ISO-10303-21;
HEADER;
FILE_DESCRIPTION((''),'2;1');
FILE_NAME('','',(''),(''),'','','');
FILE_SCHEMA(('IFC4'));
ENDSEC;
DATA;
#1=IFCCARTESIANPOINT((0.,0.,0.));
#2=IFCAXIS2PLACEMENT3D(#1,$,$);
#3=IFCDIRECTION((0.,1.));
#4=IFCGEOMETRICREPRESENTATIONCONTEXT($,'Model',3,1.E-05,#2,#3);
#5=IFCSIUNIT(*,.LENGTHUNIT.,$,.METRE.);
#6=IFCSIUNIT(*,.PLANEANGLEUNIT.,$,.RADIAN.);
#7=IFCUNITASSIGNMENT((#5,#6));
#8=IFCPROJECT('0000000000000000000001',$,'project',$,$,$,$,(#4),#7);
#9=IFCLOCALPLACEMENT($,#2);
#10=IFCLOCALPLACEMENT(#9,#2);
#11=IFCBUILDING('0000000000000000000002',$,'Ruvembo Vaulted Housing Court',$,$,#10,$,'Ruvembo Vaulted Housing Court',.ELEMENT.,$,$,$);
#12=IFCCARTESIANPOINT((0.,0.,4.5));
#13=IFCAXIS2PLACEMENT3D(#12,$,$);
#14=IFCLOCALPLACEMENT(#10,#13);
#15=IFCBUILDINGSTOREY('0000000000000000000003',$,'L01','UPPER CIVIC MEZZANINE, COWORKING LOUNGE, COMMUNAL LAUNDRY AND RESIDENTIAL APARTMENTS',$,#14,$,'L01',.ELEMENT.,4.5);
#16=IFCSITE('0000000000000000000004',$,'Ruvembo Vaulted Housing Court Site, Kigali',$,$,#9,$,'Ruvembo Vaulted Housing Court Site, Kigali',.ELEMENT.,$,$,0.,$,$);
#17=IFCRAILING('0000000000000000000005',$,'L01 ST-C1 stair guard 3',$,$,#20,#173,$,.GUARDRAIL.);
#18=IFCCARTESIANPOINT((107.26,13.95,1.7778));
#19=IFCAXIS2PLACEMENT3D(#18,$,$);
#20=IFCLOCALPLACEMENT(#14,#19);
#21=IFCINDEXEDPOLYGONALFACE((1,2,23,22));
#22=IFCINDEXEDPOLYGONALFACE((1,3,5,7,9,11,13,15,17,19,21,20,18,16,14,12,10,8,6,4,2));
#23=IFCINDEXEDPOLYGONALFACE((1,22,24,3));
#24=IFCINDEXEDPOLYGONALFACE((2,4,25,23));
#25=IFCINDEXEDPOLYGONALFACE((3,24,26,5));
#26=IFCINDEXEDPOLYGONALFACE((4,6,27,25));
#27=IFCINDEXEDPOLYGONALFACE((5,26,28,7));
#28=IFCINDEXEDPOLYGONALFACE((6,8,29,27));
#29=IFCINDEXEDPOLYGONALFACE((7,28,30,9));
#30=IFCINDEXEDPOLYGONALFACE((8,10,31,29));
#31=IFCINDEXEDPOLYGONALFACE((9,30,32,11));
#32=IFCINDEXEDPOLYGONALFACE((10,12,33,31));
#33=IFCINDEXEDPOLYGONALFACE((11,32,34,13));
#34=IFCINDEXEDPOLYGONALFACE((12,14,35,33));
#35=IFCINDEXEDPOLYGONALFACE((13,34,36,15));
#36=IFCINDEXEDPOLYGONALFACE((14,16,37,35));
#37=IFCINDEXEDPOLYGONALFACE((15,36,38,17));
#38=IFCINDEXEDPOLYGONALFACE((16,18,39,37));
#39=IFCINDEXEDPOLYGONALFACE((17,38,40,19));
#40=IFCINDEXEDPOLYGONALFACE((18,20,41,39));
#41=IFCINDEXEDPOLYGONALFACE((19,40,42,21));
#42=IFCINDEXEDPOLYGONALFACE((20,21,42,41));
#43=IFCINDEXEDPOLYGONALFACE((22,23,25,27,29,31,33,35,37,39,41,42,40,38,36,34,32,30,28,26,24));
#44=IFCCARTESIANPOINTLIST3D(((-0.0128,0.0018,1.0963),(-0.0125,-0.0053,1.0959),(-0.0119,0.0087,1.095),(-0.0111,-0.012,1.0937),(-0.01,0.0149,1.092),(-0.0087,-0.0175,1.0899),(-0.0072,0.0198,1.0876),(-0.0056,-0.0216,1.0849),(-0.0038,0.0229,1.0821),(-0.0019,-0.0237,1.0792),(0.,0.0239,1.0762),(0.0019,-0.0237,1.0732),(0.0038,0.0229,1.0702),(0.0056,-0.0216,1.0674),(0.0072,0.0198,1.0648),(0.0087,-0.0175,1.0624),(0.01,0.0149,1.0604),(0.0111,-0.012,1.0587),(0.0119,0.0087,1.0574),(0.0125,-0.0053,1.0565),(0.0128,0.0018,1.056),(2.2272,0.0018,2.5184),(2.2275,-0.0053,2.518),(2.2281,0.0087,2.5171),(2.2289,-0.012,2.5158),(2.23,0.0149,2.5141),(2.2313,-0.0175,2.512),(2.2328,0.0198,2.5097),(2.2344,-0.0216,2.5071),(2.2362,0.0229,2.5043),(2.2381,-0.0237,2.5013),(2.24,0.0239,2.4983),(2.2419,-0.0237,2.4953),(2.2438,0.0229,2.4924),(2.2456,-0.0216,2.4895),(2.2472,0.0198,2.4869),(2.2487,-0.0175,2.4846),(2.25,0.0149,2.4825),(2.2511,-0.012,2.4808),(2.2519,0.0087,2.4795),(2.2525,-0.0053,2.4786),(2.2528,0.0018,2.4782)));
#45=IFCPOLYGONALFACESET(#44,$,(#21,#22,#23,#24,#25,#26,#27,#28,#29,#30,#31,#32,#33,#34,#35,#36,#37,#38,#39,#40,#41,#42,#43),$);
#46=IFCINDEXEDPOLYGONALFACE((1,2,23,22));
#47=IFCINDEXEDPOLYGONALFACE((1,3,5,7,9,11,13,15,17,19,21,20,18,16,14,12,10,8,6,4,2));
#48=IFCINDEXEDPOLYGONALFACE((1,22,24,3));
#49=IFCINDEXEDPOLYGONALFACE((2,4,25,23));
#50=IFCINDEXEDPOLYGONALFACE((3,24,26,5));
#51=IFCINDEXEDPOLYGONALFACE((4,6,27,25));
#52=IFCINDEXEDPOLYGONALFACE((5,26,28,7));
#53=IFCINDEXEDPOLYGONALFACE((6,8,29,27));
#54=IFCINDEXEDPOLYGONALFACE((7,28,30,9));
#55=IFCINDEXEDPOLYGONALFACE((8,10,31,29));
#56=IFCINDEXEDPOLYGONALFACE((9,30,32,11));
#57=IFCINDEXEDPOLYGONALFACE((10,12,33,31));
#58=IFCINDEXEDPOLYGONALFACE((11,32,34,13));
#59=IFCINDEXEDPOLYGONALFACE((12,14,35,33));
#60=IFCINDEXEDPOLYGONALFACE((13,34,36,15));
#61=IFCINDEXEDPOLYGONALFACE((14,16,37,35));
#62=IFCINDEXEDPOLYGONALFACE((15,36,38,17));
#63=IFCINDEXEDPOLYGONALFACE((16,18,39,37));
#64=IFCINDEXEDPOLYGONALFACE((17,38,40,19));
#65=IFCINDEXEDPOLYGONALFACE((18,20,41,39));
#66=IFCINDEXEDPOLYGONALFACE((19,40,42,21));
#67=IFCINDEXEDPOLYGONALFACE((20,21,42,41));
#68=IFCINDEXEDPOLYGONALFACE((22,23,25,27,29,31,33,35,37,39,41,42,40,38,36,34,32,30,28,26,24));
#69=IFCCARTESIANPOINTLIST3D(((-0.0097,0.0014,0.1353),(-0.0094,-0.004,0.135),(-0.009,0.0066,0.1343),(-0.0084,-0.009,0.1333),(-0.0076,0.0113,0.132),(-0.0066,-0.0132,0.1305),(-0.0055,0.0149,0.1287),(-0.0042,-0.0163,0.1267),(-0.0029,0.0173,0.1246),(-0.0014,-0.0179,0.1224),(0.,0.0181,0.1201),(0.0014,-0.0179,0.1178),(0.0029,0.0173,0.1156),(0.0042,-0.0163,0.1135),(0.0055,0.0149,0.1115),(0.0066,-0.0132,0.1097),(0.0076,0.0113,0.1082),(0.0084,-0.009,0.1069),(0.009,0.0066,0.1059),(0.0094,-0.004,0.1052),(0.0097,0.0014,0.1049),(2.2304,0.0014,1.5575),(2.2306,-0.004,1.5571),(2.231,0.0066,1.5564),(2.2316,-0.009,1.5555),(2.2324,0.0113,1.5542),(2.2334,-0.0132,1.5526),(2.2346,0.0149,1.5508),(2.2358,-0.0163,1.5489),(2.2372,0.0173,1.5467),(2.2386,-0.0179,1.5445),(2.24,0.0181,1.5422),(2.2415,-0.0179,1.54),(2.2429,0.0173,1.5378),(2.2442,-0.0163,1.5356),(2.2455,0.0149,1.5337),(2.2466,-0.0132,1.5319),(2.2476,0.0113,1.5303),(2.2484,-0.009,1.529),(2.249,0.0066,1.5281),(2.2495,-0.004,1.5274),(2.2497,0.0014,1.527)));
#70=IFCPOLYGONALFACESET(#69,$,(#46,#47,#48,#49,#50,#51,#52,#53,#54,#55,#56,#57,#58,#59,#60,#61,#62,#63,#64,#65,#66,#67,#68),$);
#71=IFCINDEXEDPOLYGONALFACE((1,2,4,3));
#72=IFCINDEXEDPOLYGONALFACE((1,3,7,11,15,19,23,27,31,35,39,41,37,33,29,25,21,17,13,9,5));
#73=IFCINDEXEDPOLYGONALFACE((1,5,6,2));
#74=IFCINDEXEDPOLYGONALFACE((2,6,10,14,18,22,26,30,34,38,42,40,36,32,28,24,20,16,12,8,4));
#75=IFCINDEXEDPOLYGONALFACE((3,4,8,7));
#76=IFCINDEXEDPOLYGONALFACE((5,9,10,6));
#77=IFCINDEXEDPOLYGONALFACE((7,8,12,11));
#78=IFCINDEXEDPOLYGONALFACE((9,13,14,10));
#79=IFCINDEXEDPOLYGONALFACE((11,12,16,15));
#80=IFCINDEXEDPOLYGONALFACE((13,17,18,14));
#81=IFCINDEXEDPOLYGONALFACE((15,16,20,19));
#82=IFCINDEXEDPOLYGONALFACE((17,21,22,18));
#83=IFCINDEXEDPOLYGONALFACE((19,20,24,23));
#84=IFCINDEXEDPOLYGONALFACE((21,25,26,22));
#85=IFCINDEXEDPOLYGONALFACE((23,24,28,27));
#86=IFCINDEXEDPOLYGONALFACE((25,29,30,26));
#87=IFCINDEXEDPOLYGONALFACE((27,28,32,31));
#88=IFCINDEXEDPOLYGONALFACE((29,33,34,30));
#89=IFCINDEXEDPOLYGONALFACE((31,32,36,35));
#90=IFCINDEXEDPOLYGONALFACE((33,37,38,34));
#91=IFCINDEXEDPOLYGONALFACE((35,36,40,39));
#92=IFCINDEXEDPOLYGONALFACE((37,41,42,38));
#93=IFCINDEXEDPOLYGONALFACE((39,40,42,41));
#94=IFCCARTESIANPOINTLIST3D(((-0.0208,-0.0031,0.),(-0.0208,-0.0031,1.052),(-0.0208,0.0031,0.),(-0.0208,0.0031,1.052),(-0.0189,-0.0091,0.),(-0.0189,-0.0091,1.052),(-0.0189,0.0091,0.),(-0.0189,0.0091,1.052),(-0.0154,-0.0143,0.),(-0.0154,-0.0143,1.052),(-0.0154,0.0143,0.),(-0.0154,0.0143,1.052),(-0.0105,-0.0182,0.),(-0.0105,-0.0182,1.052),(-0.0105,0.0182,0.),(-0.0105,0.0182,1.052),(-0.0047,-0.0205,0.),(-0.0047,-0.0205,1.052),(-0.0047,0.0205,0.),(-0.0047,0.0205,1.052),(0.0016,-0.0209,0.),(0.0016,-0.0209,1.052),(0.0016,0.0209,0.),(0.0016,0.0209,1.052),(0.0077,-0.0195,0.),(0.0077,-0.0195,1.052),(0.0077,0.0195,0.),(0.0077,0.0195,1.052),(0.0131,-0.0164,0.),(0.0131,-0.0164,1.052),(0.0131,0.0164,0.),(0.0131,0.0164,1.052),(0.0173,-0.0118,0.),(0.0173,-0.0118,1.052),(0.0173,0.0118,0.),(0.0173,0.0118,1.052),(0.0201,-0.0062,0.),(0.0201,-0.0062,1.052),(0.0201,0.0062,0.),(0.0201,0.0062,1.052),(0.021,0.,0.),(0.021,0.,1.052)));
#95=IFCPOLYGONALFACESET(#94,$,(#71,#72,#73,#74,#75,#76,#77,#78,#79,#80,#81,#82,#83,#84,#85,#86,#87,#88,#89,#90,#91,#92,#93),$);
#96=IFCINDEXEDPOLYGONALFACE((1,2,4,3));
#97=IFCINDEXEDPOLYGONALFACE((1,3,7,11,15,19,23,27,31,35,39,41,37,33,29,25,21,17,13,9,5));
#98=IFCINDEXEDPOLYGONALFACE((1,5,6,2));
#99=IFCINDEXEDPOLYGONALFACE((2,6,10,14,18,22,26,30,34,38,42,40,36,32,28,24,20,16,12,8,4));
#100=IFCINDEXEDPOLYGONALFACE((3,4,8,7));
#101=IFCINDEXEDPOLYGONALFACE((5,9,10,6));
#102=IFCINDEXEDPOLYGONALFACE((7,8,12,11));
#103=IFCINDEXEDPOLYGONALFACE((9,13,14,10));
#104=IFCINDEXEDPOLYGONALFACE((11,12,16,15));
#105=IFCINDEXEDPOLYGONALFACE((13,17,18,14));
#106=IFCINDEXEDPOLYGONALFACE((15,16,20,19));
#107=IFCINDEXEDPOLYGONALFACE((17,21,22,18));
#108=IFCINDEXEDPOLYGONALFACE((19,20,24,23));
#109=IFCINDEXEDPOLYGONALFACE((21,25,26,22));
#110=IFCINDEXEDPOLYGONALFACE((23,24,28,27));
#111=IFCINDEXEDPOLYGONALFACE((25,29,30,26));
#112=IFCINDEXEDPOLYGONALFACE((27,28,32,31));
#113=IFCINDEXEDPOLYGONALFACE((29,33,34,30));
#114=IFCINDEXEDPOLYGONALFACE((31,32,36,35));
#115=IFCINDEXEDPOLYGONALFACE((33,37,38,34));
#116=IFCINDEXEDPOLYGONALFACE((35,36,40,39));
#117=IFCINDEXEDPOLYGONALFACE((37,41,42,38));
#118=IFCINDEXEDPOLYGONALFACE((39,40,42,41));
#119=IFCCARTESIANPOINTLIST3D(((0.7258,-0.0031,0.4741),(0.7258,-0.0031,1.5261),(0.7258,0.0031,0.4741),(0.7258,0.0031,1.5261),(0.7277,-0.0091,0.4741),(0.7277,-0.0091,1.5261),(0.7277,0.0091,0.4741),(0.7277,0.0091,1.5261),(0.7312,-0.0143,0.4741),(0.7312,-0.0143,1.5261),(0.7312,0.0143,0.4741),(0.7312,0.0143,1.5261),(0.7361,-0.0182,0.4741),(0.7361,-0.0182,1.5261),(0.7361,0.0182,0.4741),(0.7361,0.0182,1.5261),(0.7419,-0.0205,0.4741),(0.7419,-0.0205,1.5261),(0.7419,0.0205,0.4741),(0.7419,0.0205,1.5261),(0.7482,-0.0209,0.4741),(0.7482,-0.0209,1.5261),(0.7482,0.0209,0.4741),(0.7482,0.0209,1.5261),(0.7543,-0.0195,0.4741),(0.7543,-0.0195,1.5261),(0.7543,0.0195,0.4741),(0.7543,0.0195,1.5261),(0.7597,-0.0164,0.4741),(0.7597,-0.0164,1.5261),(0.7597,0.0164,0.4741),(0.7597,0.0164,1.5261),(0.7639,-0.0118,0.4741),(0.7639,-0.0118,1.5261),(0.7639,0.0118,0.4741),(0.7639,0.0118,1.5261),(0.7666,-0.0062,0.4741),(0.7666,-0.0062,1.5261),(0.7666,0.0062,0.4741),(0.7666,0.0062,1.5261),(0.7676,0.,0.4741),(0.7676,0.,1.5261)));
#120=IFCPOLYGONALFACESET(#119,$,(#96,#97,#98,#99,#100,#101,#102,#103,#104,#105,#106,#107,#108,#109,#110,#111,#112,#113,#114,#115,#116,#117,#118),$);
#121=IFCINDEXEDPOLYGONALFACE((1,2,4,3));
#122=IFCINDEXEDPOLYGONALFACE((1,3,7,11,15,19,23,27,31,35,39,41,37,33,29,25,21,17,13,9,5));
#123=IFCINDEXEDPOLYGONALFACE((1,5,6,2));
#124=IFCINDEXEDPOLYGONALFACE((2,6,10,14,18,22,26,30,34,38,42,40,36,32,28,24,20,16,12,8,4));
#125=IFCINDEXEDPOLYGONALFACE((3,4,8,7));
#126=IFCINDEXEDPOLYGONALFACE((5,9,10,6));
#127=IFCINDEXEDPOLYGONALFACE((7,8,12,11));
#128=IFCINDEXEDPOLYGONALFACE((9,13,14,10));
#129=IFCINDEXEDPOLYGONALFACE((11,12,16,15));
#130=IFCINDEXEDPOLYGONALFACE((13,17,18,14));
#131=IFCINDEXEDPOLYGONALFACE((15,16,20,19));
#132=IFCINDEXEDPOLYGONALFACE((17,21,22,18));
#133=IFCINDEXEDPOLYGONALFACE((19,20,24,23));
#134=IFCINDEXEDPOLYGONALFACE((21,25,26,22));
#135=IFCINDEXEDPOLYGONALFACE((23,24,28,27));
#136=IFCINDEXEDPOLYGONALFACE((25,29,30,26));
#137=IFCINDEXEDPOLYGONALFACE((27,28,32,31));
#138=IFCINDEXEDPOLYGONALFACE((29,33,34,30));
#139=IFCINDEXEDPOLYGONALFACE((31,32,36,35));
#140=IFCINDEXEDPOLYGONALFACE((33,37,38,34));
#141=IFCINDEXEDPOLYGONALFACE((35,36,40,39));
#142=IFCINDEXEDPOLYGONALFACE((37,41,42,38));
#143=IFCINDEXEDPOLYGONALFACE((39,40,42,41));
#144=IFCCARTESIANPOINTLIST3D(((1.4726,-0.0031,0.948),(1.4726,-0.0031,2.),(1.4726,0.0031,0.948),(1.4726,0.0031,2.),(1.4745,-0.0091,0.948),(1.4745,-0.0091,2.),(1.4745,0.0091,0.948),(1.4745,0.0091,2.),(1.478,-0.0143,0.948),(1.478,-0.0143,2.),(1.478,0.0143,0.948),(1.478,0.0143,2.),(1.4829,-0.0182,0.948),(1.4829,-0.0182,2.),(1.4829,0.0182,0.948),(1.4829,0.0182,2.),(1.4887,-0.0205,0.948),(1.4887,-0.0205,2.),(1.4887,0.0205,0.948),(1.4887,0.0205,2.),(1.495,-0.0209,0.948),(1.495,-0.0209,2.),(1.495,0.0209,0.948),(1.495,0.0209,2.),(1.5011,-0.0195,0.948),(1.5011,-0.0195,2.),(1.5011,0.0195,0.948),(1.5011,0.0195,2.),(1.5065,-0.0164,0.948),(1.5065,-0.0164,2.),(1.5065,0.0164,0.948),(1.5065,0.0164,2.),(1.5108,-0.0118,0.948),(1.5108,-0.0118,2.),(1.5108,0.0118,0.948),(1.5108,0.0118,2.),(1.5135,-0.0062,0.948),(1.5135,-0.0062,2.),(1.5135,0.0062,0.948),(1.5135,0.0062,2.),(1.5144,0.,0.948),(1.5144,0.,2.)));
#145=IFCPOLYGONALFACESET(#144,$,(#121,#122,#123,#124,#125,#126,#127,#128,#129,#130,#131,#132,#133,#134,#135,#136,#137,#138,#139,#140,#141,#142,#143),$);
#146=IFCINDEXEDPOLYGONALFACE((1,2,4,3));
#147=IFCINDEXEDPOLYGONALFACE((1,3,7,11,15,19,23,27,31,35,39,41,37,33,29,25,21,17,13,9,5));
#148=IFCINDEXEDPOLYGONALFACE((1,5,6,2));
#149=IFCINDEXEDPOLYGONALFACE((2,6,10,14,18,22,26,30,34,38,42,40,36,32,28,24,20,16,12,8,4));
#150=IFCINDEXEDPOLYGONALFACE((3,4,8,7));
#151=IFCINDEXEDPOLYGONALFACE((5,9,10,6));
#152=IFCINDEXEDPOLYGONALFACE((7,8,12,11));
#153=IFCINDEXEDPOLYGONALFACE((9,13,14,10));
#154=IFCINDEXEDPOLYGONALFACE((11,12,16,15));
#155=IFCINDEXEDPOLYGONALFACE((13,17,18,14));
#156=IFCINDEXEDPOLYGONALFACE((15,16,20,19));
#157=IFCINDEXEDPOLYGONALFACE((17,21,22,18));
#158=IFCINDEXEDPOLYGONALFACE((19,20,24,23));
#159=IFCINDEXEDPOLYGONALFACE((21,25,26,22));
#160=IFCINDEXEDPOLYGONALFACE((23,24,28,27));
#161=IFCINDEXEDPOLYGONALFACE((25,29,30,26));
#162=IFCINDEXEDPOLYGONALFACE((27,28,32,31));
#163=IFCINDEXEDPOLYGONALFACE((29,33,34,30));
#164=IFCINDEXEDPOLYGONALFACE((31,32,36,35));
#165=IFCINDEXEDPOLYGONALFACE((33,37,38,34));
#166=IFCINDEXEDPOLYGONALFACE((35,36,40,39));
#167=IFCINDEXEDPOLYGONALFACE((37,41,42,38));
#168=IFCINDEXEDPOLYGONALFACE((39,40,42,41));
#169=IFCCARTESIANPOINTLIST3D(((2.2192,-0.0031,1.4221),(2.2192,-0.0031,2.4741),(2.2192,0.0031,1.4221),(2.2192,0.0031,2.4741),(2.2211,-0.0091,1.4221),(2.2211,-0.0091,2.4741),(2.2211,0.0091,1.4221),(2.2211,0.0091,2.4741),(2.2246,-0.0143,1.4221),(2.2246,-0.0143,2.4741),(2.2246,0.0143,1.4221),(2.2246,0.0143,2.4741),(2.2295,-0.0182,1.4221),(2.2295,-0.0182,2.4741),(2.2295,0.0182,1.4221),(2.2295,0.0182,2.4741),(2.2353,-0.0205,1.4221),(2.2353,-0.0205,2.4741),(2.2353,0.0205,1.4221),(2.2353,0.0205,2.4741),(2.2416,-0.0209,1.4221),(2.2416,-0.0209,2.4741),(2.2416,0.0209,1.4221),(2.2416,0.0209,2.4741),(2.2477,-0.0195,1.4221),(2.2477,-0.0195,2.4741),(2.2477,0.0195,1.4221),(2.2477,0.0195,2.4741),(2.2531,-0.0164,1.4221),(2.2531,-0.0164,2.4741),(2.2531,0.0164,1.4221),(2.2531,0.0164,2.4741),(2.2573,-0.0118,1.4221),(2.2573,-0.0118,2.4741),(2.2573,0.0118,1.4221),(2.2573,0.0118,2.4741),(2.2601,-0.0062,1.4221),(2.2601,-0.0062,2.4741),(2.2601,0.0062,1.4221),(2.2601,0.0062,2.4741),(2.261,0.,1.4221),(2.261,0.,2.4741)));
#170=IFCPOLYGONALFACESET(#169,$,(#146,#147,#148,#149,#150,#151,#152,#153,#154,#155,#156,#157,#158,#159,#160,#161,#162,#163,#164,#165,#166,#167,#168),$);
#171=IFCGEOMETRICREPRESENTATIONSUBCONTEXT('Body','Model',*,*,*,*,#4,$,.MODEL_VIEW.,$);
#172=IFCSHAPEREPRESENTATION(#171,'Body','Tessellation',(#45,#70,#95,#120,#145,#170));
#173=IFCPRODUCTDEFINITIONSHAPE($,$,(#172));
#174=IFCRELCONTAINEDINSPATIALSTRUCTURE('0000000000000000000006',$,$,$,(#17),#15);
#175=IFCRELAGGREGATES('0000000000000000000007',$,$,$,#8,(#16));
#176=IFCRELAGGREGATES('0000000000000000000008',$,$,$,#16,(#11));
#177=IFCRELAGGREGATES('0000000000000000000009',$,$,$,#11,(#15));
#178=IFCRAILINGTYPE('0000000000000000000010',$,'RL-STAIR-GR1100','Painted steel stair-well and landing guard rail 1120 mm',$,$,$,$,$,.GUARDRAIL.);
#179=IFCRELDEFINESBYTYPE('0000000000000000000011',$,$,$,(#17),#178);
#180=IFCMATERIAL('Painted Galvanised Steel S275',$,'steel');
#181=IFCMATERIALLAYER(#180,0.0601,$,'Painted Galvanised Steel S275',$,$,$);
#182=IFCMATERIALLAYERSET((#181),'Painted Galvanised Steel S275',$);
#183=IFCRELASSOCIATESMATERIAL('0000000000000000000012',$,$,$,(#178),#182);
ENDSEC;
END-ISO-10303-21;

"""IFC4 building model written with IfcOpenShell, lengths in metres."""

from ifc_helpers import new_model, si_unit, direction, frame, origin, origin_2d, place, context, subcontext, project, spatial, circle, extrude, material, layer, layer_set, type_object, element, save


model = new_model("IFC4")

# Units and contexts
model_context = context("Model", 3, precision=1e-05, world=origin(), true_north=direction((0.0, 1.0)))
body_context = subcontext(model_context, "Body", "Model", "MODEL_VIEW")
ifc_project = project(units=[si_unit("LENGTHUNIT", "METRE"), si_unit("PLANEANGLEUNIT", "RADIAN")], contexts=[model_context])

# Site, building, storey
site_placement = place(None, origin())
site = spatial("IfcSite", under=ifc_project, at=site_placement, Name="Ruvembo Vaulted Housing Court Site, Kigali", LongName="Ruvembo Vaulted Housing Court Site, Kigali", CompositionType="ELEMENT", RefElevation=0.0)
building_placement = place(site_placement, origin())
building = spatial("IfcBuilding", under=site, at=building_placement, Name="Ruvembo Vaulted Housing Court", LongName="Ruvembo Vaulted Housing Court", CompositionType="ELEMENT")
storey_placement = place(building_placement, frame((0.0, 0.0, 4.5)))
storey = spatial("IfcBuildingStorey", under=building, at=storey_placement, Name="L01", Description="UPPER CIVIC MEZZANINE, COWORKING LOUNGE, COMMUNAL LAUNDRY AND RESIDENTIAL APARTMENTS", LongName="L01", CompositionType="ELEMENT", Elevation=4.5)

# Railing
ifc_material_1 = material(Name="Painted Galvanised Steel S275", Category="steel")
ifc_layer_1 = layer(ifc_material_1, 0.0601, Name="Painted Galvanised Steel S275")
ifc_layer_set_1 = layer_set([ifc_layer_1], Name="Painted Galvanised Steel S275")
railing_type_1 = type_object("IfcRailingType", Name="RL-STAIR-GR1100", Description="Painted steel stair-well and landing guard rail 1120 mm", PredefinedType="GUARDRAIL", material=ifc_layer_set_1)
railing_1_placement = place(storey_placement, frame((107.26, 13.95, 1.7778)))
element("IfcRailing", 1, at=railing_1_placement, inside=storey, type_object=railing_type_1, Name="L01 ST-C1 stair guard 3", PredefinedType="GUARDRAIL", context=body_context, shape_type="SweptSolid", body=[
    extrude(circle(Radius=0.0239, at=origin_2d()), frame((0.0, 0.0, 1.0762), z_axis=(0.844229, 0.0, 0.535982), x_axis=(0.0, 1.0, 0.0)), (0.0, 0.0, 1.0), 2.6533),
    extrude(circle(Radius=0.0181, at=origin_2d()), frame((0.0, 0.0, 0.1201), z_axis=(0.844229, 0.0, 0.535982), x_axis=(0.0, 1.0, 0.0)), (0.0, 0.0, 1.0), 2.6533),
    extrude(circle(Radius=0.021, at=origin_2d()), origin(), (0.0, 0.0, 1.0), 1.052),
    extrude(circle(Radius=0.021, at=origin_2d()), frame((0.7466, 0.0, 0.4741)), (0.0, 0.0, 1.0), 1.052),
    extrude(circle(Radius=0.021, at=origin_2d()), frame((1.4934, 0.0, 0.948)), (0.0, 0.0, 1.0), 1.052),
    extrude(circle(Radius=0.021, at=origin_2d()), frame((2.24, 0.0, 1.4221)), (0.0, 0.0, 1.0), 1.052),
])

save(model, "model.ifc")
